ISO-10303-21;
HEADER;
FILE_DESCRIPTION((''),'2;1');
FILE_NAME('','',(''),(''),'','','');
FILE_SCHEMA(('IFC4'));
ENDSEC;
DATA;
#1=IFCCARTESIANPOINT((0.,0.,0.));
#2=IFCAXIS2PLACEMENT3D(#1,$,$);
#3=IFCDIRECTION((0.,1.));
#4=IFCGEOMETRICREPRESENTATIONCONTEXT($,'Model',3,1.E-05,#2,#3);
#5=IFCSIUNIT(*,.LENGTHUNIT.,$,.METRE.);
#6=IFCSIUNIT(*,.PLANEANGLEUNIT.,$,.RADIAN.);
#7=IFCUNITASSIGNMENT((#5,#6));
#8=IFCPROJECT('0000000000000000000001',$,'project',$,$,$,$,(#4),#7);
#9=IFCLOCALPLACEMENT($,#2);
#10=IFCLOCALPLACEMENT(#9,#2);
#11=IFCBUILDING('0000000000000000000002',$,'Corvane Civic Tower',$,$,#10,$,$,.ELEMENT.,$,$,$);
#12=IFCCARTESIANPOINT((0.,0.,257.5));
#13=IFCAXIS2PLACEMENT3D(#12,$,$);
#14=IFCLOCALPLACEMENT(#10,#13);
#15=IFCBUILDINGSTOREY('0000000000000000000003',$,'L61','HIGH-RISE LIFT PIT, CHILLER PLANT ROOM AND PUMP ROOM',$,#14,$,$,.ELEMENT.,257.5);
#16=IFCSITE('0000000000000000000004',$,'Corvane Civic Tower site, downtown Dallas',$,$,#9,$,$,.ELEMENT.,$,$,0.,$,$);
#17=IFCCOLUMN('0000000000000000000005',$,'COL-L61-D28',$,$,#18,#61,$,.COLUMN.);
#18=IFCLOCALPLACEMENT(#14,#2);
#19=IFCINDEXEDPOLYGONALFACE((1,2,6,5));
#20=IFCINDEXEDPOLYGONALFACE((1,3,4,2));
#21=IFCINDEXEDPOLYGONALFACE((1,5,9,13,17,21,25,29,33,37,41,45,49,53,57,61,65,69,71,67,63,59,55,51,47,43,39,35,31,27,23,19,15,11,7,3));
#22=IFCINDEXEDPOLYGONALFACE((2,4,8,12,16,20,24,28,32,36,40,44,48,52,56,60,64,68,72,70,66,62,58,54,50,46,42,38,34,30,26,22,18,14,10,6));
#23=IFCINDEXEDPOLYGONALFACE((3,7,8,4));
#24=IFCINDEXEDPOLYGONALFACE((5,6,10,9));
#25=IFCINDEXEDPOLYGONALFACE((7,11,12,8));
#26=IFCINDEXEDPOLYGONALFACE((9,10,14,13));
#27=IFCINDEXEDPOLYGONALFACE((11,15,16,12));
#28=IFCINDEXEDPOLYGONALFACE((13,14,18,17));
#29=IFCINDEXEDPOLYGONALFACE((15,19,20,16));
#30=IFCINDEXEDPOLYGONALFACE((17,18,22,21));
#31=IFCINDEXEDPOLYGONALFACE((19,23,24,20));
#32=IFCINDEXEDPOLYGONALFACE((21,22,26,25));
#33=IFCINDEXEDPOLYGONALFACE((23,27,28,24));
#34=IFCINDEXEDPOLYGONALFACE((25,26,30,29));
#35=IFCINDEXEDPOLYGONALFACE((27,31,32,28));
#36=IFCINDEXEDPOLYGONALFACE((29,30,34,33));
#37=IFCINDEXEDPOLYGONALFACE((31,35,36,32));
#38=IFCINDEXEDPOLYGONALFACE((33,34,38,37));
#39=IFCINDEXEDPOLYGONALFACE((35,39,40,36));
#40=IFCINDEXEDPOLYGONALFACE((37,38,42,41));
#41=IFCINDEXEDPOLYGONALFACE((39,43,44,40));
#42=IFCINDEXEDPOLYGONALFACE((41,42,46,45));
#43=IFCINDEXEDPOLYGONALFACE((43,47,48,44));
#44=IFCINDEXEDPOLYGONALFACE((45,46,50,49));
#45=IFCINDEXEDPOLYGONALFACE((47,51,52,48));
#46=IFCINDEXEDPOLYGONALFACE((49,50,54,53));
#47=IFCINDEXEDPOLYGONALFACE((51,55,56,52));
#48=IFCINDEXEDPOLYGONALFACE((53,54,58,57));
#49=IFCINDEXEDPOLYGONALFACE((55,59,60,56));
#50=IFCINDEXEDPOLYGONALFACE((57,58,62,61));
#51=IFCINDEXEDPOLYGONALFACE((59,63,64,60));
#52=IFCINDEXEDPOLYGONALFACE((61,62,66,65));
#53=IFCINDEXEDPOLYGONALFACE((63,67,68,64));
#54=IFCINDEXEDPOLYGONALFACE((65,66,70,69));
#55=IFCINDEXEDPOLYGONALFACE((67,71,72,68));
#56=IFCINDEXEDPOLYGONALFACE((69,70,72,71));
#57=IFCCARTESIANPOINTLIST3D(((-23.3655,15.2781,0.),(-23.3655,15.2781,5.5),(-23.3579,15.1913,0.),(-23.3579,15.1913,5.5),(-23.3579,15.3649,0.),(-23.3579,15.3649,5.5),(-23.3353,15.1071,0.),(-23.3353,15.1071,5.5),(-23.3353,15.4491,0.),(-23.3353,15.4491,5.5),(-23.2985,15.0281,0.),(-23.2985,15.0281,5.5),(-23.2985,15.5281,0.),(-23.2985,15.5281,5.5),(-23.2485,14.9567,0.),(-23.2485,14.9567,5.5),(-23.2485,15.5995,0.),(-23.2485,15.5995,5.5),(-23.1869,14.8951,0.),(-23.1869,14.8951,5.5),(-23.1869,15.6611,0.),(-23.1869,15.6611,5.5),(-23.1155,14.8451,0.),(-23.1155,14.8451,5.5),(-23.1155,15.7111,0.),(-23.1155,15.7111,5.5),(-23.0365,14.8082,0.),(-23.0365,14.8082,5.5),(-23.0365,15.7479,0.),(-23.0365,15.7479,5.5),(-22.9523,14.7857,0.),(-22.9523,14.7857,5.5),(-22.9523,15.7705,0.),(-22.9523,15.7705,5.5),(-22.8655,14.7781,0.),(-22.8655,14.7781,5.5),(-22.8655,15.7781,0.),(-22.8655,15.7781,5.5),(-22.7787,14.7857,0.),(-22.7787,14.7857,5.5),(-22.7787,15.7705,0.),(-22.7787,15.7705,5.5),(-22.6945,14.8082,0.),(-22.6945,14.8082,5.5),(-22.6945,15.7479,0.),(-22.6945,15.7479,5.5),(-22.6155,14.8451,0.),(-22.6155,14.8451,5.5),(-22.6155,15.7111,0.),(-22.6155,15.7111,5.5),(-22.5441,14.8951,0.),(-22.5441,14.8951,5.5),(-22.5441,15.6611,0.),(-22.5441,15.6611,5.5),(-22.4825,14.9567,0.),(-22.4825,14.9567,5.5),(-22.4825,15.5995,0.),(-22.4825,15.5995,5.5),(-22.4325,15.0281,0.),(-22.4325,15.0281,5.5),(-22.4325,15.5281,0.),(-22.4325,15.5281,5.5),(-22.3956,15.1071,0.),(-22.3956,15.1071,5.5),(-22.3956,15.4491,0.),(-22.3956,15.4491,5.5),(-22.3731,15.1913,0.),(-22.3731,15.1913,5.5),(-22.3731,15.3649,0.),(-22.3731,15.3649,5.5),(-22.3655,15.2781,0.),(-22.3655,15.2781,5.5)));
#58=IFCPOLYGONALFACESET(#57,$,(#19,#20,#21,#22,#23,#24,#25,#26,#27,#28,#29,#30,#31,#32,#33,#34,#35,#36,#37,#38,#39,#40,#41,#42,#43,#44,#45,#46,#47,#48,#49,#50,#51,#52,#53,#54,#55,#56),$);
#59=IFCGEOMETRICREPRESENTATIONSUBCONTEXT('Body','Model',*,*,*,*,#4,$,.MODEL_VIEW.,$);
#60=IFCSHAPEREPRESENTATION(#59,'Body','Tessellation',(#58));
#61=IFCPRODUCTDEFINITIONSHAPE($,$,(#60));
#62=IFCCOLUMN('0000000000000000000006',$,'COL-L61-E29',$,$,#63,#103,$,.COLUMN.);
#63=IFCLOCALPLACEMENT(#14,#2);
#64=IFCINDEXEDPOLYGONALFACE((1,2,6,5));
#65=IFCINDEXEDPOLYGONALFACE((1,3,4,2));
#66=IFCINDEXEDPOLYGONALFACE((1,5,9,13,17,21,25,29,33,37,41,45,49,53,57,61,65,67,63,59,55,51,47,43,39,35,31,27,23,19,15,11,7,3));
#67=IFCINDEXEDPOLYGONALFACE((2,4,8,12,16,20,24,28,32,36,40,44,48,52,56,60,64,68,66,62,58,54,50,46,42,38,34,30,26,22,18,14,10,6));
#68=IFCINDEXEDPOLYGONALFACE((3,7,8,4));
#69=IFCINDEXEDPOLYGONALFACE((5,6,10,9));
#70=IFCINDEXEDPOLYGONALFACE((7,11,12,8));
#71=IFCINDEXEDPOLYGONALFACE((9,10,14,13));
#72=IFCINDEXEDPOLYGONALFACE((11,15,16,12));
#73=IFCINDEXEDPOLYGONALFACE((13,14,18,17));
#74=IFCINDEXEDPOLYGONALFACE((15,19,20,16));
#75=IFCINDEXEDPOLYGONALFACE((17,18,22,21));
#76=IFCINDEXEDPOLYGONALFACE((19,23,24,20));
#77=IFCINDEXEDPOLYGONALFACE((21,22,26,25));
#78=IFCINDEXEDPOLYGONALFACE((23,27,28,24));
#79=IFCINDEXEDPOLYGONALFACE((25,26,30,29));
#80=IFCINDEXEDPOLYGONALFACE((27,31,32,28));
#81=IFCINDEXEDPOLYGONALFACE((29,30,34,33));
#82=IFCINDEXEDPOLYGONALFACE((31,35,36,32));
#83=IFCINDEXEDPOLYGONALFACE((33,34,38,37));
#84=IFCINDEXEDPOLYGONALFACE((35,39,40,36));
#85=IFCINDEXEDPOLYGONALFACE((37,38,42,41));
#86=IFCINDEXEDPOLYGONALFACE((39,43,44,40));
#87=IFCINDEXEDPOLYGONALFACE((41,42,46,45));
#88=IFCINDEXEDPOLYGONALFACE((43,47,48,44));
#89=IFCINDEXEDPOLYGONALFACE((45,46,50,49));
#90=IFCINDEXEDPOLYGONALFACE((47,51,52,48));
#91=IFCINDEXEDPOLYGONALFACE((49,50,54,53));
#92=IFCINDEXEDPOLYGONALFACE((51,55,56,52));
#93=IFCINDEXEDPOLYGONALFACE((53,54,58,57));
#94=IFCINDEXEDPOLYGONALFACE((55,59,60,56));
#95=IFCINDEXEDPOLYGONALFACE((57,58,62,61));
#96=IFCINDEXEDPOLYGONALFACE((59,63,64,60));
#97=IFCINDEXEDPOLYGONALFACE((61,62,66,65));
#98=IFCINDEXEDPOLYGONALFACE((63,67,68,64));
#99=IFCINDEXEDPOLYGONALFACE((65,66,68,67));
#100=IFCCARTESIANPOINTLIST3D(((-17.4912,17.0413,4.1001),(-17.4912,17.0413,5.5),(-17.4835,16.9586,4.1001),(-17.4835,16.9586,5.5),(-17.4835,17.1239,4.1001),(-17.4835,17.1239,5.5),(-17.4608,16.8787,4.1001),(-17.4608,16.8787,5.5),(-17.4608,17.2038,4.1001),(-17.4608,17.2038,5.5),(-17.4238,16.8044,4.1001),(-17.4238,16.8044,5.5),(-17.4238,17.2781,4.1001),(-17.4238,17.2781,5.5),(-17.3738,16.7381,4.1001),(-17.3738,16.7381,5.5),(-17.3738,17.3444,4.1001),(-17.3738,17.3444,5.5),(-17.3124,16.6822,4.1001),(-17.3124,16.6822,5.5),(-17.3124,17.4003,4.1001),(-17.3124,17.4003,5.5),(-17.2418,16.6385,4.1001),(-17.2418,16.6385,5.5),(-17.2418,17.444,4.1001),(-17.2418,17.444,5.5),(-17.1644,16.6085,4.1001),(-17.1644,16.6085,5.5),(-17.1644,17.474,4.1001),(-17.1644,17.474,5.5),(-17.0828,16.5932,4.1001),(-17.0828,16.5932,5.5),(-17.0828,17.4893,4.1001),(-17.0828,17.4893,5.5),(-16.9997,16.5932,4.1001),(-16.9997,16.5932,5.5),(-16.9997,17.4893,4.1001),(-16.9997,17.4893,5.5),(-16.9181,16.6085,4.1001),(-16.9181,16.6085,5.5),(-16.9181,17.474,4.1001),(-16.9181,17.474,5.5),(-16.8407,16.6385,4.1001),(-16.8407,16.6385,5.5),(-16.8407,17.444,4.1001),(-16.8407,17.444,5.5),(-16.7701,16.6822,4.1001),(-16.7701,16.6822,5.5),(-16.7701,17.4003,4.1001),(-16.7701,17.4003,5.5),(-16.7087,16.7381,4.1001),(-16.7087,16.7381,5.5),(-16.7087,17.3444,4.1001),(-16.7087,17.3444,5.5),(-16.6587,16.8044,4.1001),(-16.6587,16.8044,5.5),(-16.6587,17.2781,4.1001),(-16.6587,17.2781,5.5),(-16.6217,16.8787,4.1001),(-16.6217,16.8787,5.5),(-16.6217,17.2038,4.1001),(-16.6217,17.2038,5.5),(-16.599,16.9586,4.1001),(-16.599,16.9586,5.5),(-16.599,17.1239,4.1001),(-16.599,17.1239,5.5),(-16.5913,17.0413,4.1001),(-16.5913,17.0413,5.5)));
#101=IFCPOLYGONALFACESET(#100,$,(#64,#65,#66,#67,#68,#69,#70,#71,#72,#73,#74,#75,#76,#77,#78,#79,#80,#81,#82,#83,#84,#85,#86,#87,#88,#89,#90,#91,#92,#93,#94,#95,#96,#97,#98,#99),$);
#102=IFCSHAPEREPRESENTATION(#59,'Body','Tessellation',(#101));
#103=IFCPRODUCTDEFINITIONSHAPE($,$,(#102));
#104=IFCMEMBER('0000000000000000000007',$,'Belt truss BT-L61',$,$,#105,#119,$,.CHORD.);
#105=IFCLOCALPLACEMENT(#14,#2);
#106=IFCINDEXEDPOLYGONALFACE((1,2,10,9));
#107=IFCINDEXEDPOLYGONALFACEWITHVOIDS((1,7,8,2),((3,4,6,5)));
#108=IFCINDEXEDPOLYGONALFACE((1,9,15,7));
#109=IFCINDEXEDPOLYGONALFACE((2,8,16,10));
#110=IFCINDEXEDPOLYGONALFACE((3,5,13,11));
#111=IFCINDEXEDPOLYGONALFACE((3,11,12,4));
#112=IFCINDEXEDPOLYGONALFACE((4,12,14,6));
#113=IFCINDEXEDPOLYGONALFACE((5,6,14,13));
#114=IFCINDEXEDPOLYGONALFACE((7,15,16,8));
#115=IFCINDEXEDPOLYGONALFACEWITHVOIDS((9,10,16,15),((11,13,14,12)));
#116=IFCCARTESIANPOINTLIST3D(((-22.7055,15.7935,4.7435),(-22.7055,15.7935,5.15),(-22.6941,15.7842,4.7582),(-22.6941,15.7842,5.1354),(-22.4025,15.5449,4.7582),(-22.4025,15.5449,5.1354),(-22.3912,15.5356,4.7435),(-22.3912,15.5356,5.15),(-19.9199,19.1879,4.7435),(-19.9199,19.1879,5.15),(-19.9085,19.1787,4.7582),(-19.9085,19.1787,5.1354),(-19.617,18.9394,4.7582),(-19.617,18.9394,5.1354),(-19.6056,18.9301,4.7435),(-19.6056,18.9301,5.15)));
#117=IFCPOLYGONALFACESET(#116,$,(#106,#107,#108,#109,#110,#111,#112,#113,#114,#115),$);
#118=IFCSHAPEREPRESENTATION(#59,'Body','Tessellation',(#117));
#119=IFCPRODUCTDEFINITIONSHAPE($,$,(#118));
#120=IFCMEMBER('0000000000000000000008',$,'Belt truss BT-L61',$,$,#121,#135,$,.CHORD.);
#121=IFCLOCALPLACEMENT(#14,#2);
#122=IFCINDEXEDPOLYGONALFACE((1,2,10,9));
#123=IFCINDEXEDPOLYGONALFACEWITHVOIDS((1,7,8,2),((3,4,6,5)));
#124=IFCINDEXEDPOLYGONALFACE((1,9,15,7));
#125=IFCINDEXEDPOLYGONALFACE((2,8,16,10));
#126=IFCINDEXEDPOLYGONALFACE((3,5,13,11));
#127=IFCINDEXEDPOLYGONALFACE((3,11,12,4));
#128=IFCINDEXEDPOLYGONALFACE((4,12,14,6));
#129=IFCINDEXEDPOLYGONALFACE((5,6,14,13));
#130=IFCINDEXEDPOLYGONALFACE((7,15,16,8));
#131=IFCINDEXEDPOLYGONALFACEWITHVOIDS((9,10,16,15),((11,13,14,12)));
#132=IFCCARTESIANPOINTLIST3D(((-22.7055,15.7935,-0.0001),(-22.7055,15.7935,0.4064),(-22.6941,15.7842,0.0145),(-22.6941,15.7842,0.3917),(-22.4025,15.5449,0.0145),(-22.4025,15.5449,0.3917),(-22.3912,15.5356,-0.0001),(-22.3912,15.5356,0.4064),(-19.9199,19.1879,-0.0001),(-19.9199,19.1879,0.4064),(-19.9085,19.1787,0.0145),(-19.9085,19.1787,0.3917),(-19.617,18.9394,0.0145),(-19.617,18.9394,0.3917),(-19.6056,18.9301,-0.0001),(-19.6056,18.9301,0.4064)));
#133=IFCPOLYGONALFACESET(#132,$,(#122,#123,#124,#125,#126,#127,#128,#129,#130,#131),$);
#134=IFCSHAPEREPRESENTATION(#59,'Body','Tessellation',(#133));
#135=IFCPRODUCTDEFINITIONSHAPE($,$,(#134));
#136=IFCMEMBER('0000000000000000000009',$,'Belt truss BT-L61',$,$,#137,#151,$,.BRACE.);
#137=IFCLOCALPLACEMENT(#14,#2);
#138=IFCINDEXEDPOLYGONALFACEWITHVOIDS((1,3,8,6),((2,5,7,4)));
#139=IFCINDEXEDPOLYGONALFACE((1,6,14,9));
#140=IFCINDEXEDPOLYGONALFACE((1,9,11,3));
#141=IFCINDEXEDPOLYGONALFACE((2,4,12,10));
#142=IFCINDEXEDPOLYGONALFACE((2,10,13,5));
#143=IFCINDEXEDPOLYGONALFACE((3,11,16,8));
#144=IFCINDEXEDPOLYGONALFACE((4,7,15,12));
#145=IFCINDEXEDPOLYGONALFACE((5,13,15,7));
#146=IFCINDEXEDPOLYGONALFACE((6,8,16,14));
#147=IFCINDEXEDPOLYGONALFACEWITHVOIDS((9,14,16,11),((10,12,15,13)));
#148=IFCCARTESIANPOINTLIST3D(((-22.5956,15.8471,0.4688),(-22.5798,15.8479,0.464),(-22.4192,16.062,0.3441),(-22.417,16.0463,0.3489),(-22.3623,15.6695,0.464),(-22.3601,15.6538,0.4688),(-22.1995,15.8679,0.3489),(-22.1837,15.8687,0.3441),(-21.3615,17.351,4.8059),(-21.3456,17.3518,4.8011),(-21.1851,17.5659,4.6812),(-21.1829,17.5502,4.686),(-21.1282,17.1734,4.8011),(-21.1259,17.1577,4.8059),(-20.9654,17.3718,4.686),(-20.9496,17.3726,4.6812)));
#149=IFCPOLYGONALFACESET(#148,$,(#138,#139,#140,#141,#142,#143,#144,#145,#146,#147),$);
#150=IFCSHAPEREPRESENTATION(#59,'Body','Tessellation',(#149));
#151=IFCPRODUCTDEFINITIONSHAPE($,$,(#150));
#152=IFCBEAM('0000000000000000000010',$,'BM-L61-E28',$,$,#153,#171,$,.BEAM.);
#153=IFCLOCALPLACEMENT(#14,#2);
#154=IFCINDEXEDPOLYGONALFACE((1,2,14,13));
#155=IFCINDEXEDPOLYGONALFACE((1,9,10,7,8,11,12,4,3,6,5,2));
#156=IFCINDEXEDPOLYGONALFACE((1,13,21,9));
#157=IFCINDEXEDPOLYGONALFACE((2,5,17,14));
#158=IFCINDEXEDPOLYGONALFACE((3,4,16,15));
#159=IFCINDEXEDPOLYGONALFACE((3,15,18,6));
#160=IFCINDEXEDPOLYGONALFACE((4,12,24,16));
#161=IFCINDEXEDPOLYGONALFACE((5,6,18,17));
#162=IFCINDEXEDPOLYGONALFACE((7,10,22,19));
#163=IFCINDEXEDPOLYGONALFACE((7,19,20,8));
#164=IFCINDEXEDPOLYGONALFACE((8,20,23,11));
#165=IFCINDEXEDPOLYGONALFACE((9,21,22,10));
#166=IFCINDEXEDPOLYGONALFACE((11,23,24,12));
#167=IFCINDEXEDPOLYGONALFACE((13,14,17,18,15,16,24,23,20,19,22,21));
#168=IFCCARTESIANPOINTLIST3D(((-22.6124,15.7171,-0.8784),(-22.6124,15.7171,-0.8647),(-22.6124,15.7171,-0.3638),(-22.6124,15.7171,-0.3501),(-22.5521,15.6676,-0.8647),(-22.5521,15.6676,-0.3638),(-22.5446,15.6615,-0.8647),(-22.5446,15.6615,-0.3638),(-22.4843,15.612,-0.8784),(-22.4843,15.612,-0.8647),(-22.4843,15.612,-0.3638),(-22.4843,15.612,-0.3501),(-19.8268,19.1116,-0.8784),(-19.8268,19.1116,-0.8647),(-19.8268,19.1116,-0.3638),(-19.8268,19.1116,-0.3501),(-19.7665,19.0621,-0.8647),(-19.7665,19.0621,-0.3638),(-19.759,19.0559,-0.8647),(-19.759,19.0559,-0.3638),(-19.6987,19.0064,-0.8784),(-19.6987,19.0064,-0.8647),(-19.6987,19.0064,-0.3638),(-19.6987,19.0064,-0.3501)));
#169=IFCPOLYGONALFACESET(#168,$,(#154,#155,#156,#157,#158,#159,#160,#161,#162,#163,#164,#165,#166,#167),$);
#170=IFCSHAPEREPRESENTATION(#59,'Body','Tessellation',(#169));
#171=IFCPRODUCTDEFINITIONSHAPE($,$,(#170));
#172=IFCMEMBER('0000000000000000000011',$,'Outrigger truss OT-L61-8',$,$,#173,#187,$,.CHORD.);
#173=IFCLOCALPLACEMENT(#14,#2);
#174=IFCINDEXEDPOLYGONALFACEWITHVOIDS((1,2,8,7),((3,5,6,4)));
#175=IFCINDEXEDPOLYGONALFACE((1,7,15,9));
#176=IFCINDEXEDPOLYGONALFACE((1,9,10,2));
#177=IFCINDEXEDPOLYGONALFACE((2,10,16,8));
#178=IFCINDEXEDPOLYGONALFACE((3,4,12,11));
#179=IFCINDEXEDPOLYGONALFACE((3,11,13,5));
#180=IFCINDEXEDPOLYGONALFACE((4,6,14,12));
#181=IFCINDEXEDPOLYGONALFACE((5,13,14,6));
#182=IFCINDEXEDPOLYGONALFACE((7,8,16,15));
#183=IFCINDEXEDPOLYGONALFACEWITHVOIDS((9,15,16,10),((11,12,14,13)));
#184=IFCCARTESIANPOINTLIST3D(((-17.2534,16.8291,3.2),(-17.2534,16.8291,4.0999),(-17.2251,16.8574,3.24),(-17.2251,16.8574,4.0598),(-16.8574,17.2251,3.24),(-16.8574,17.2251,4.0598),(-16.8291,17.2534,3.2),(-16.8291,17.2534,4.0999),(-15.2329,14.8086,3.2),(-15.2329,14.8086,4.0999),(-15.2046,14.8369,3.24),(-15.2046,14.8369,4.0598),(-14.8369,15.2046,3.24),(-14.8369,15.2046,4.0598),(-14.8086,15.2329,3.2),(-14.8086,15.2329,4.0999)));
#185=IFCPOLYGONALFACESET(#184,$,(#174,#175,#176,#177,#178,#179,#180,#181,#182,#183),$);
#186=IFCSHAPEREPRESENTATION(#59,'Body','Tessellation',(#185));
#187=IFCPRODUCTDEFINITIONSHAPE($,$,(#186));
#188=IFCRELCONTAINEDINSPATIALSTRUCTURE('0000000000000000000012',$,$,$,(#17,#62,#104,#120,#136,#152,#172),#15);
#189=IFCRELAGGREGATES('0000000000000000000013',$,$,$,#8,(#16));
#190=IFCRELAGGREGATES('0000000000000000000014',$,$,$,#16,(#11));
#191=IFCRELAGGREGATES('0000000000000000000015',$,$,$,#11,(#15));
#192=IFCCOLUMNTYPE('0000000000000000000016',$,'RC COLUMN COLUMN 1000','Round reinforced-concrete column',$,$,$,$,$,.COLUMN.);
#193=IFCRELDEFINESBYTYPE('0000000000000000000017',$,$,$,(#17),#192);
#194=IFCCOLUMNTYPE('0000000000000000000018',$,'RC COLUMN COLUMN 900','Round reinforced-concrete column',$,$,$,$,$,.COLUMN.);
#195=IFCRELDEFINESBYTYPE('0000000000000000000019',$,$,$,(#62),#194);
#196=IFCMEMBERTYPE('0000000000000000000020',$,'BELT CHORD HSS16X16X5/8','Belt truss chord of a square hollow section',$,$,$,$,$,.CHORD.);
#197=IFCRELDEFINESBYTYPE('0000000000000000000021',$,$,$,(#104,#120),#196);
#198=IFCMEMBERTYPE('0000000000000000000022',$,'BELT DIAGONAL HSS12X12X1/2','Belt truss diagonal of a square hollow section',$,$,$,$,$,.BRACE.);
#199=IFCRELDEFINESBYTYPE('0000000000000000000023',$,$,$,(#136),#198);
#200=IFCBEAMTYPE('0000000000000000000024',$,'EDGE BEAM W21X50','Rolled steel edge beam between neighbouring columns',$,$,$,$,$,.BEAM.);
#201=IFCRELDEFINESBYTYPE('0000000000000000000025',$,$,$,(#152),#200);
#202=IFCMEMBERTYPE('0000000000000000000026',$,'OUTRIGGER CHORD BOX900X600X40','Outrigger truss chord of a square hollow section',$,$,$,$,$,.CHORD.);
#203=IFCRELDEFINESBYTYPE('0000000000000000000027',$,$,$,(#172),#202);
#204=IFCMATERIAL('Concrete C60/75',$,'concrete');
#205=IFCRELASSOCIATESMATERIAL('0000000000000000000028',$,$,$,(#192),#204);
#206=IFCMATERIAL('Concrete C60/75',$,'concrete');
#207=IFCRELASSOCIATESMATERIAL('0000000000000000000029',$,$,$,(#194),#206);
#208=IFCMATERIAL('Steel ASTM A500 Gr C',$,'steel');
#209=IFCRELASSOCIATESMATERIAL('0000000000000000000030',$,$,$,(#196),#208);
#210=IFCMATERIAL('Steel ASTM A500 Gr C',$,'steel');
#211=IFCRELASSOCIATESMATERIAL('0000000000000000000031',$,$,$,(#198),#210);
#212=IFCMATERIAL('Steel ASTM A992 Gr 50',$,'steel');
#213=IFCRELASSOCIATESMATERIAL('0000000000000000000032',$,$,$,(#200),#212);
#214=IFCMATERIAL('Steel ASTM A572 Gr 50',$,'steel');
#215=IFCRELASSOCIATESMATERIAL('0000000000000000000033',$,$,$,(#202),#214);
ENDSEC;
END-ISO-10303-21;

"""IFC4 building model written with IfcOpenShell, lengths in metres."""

from ifc_helpers import new_model, si_unit, direction, frame, origin, origin_2d, place, context, subcontext, project, spatial, hollow_rectangle, circle, i_section, extrude, material, material_profile, profile_set, type_object, element, save


model = new_model("IFC4")

# Units and contexts
model_context = context("Model", 3, precision=1e-05, world=origin(), true_north=direction((0.0, 1.0)))
body_context = subcontext(model_context, "Body", "Model", "MODEL_VIEW")
ifc_project = project(units=[si_unit("LENGTHUNIT", "METRE"), si_unit("PLANEANGLEUNIT", "RADIAN")], contexts=[model_context])

# Site, building, storey
site_placement = place(None, origin())
site = spatial("IfcSite", under=ifc_project, at=site_placement, Name="Corvane Civic Tower site, downtown Dallas", CompositionType="ELEMENT", RefElevation=0.0)
building_placement = place(site_placement, origin())
building = spatial("IfcBuilding", under=site, at=building_placement, Name="Corvane Civic Tower", CompositionType="ELEMENT")
storey_placement = place(building_placement, frame((0.0, 0.0, 257.5)))
storey = spatial("IfcBuildingStorey", under=building, at=storey_placement, Name="L61", Description="HIGH-RISE LIFT PIT, CHILLER PLANT ROOM AND PUMP ROOM", CompositionType="ELEMENT", Elevation=257.5)

# Columns
ifc_material_1 = material(Name="Concrete C60/75", Category="concrete")
ifc_material_profile_1 = material_profile(ifc_material_1, circle(Radius=0.5, at=origin_2d()), Name="COLUMN 1000")
ifc_profile_set_1 = profile_set([ifc_material_profile_1], Name="Concrete C60/75")
column_type_1 = type_object("IfcColumnType", Name="RC COLUMN COLUMN 1000", Description="Round reinforced-concrete column", PredefinedType="COLUMN", material=ifc_profile_set_1)
column_1_placement = place(storey_placement, frame((-22.8655, 15.2781, 0.0), z_axis=(0.0, 0.0, 1.0), x_axis=(1.0, 0.0, 0.0)))
element("IfcColumn", 1, at=column_1_placement, inside=storey, type_object=column_type_1, Name="COL-L61-D28", PredefinedType="COLUMN", context=body_context, shape_type="SweptSolid", body=[
    extrude(circle(Radius=0.5, at=origin_2d()), origin(), (0.0, 0.0, 1.0), 5.5),
])
ifc_material_2 = material(Name="Concrete C60/75", Category="concrete")
ifc_material_profile_2 = material_profile(ifc_material_2, circle(Radius=0.45, at=origin_2d()), Name="COLUMN 900")
ifc_profile_set_2 = profile_set([ifc_material_profile_2], Name="Concrete C60/75")
column_type_2 = type_object("IfcColumnType", Name="RC COLUMN COLUMN 900", Description="Round reinforced-concrete column", PredefinedType="COLUMN", material=ifc_profile_set_2)
column_2_placement = place(storey_placement, frame((-17.0413, 17.0413, 4.1001), z_axis=(0.0, 0.0, 1.0), x_axis=(1.0, 0.0, 0.0)))
element("IfcColumn", 2, at=column_2_placement, inside=storey, type_object=column_type_2, Name="COL-L61-E29", PredefinedType="COLUMN", context=body_context, shape_type="SweptSolid", body=[
    extrude(circle(Radius=0.45, at=origin_2d()), origin(), (0.0, 0.0, 1.0), 1.3999),
])

# Members
ifc_material_3 = material(Name="Steel ASTM A500 Gr C", Category="steel")
ifc_material_profile_3 = material_profile(ifc_material_3, hollow_rectangle(XDim=0.4065, YDim=0.4065, WallThickness=0.0146, at=origin_2d()), Name="HSS16X16X5/8")
ifc_profile_set_3 = profile_set([ifc_material_profile_3], Name="Steel ASTM A500 Gr C")
member_type_1 = type_object("IfcMemberType", Name="BELT CHORD HSS16X16X5/8", Description="Belt truss chord of a square hollow section", PredefinedType="CHORD", material=ifc_profile_set_3)
for number, where, z_axis, x_axis, name in (
    (3, (-22.5483, 15.6646, 4.9468), (0.634369, 0.77303, 0.0), (-0.77303, 0.634369, 0.0), "Belt truss BT-L61"),
    (4, (-22.5483, 15.6646, 0.2031), (0.634369, 0.77303, 0.0), (-0.77303, 0.634369, 0.0), "Belt truss BT-L61"),
):
    element("IfcMember", number, at=place(storey_placement, frame(where, z_axis=z_axis, x_axis=x_axis)), inside=storey, type_object=member_type_1, Name=name, PredefinedType="CHORD", context=body_context, shape_type="SweptSolid", body=[
        extrude(hollow_rectangle(XDim=0.4065, YDim=0.4065, WallThickness=0.0146, at=origin_2d()), origin(), (0.0, 0.0, 1.0), 4.3911),
    ])
ifc_material_4 = material(Name="Steel ASTM A500 Gr C", Category="steel")
ifc_material_profile_4 = material_profile(ifc_material_4, hollow_rectangle(XDim=0.3047, YDim=0.3047, WallThickness=0.0117, at=origin_2d()), Name="HSS12X12X1/2")
ifc_profile_set_4 = profile_set([ifc_material_profile_4], Name="Steel ASTM A500 Gr C")
member_type_2 = type_object("IfcMemberType", Name="BELT DIAGONAL HSS12X12X1/2", Description="Belt truss diagonal of a square hollow section", PredefinedType="BRACE", material=ifc_profile_set_4)
member_1_placement = place(storey_placement, frame((-22.3896, 15.8579, 0.4065), z_axis=(0.259626, 0.316379, 0.912414), x_axis=(-0.773034, 0.634365, 0.0)))
element("IfcMember", 5, at=member_1_placement, inside=storey, type_object=member_type_2, Name="Belt truss BT-L61", PredefinedType="BRACE", context=body_context, shape_type="SweptSolid", body=[
    extrude(hollow_rectangle(XDim=0.3047, YDim=0.3047, WallThickness=0.0117, at=origin_2d()), origin(), (0.0, 0.0, 1.0), 4.7534),
])

# Beam
ifc_material_5 = material(Name="Steel ASTM A992 Gr 50", Category="steel")
ifc_material_profile_5 = material_profile(ifc_material_5, i_section(OverallWidth=0.1658, OverallDepth=0.5283, WebThickness=0.0098, FlangeThickness=0.0137, at=origin_2d()), Name="W21X50")
ifc_profile_set_5 = profile_set([ifc_material_profile_5], Name="Steel ASTM A992 Gr 50")
beam_type = type_object("IfcBeamType", Name="EDGE BEAM W21X50", Description="Rolled steel edge beam between neighbouring columns", PredefinedType="BEAM", material=ifc_profile_set_5)
beam_placement = place(storey_placement, frame((-22.5483, 15.6646, -0.6143), z_axis=(0.634369, 0.77303, 0.0), x_axis=(-0.77303, 0.634369, 0.0)))
element("IfcBeam", 6, at=beam_placement, inside=storey, type_object=beam_type, Name="BM-L61-E28", PredefinedType="BEAM", context=body_context, shape_type="SweptSolid", body=[
    extrude(i_section(OverallWidth=0.1658, OverallDepth=0.5283, WebThickness=0.0098, FlangeThickness=0.0137, at=origin_2d()), origin(), (0.0, 0.0, 1.0), 4.3911),
])

# Member
ifc_material_6 = material(Name="Steel ASTM A572 Gr 50", Category="steel")
ifc_material_profile_6 = material_profile(ifc_material_6, hollow_rectangle(XDim=0.6001, YDim=0.8999, WallThickness=0.04, at=origin_2d()), Name="BOX900X600X40")
ifc_profile_set_6 = profile_set([ifc_material_profile_6], Name="Steel ASTM A572 Gr 50")
member_type_3 = type_object("IfcMemberType", Name="OUTRIGGER CHORD BOX900X600X40", Description="Outrigger truss chord of a square hollow section", PredefinedType="CHORD", material=ifc_profile_set_6)
member_2_placement = place(storey_placement, frame((-15.0208, 15.0208, 3.6499), z_axis=(-0.707107, 0.707107, 0.0), x_axis=(-0.707107, -0.707107, 0.0)))
element("IfcMember", 7, at=member_2_placement, inside=storey, type_object=member_type_3, Name="Outrigger truss OT-L61-8", PredefinedType="CHORD", context=body_context, shape_type="SweptSolid", body=[
    extrude(hollow_rectangle(XDim=0.6001, YDim=0.8999, WallThickness=0.04, at=origin_2d()), origin(), (0.0, 0.0, 1.0), 2.8574),
])

save(model, "model.ifc")
